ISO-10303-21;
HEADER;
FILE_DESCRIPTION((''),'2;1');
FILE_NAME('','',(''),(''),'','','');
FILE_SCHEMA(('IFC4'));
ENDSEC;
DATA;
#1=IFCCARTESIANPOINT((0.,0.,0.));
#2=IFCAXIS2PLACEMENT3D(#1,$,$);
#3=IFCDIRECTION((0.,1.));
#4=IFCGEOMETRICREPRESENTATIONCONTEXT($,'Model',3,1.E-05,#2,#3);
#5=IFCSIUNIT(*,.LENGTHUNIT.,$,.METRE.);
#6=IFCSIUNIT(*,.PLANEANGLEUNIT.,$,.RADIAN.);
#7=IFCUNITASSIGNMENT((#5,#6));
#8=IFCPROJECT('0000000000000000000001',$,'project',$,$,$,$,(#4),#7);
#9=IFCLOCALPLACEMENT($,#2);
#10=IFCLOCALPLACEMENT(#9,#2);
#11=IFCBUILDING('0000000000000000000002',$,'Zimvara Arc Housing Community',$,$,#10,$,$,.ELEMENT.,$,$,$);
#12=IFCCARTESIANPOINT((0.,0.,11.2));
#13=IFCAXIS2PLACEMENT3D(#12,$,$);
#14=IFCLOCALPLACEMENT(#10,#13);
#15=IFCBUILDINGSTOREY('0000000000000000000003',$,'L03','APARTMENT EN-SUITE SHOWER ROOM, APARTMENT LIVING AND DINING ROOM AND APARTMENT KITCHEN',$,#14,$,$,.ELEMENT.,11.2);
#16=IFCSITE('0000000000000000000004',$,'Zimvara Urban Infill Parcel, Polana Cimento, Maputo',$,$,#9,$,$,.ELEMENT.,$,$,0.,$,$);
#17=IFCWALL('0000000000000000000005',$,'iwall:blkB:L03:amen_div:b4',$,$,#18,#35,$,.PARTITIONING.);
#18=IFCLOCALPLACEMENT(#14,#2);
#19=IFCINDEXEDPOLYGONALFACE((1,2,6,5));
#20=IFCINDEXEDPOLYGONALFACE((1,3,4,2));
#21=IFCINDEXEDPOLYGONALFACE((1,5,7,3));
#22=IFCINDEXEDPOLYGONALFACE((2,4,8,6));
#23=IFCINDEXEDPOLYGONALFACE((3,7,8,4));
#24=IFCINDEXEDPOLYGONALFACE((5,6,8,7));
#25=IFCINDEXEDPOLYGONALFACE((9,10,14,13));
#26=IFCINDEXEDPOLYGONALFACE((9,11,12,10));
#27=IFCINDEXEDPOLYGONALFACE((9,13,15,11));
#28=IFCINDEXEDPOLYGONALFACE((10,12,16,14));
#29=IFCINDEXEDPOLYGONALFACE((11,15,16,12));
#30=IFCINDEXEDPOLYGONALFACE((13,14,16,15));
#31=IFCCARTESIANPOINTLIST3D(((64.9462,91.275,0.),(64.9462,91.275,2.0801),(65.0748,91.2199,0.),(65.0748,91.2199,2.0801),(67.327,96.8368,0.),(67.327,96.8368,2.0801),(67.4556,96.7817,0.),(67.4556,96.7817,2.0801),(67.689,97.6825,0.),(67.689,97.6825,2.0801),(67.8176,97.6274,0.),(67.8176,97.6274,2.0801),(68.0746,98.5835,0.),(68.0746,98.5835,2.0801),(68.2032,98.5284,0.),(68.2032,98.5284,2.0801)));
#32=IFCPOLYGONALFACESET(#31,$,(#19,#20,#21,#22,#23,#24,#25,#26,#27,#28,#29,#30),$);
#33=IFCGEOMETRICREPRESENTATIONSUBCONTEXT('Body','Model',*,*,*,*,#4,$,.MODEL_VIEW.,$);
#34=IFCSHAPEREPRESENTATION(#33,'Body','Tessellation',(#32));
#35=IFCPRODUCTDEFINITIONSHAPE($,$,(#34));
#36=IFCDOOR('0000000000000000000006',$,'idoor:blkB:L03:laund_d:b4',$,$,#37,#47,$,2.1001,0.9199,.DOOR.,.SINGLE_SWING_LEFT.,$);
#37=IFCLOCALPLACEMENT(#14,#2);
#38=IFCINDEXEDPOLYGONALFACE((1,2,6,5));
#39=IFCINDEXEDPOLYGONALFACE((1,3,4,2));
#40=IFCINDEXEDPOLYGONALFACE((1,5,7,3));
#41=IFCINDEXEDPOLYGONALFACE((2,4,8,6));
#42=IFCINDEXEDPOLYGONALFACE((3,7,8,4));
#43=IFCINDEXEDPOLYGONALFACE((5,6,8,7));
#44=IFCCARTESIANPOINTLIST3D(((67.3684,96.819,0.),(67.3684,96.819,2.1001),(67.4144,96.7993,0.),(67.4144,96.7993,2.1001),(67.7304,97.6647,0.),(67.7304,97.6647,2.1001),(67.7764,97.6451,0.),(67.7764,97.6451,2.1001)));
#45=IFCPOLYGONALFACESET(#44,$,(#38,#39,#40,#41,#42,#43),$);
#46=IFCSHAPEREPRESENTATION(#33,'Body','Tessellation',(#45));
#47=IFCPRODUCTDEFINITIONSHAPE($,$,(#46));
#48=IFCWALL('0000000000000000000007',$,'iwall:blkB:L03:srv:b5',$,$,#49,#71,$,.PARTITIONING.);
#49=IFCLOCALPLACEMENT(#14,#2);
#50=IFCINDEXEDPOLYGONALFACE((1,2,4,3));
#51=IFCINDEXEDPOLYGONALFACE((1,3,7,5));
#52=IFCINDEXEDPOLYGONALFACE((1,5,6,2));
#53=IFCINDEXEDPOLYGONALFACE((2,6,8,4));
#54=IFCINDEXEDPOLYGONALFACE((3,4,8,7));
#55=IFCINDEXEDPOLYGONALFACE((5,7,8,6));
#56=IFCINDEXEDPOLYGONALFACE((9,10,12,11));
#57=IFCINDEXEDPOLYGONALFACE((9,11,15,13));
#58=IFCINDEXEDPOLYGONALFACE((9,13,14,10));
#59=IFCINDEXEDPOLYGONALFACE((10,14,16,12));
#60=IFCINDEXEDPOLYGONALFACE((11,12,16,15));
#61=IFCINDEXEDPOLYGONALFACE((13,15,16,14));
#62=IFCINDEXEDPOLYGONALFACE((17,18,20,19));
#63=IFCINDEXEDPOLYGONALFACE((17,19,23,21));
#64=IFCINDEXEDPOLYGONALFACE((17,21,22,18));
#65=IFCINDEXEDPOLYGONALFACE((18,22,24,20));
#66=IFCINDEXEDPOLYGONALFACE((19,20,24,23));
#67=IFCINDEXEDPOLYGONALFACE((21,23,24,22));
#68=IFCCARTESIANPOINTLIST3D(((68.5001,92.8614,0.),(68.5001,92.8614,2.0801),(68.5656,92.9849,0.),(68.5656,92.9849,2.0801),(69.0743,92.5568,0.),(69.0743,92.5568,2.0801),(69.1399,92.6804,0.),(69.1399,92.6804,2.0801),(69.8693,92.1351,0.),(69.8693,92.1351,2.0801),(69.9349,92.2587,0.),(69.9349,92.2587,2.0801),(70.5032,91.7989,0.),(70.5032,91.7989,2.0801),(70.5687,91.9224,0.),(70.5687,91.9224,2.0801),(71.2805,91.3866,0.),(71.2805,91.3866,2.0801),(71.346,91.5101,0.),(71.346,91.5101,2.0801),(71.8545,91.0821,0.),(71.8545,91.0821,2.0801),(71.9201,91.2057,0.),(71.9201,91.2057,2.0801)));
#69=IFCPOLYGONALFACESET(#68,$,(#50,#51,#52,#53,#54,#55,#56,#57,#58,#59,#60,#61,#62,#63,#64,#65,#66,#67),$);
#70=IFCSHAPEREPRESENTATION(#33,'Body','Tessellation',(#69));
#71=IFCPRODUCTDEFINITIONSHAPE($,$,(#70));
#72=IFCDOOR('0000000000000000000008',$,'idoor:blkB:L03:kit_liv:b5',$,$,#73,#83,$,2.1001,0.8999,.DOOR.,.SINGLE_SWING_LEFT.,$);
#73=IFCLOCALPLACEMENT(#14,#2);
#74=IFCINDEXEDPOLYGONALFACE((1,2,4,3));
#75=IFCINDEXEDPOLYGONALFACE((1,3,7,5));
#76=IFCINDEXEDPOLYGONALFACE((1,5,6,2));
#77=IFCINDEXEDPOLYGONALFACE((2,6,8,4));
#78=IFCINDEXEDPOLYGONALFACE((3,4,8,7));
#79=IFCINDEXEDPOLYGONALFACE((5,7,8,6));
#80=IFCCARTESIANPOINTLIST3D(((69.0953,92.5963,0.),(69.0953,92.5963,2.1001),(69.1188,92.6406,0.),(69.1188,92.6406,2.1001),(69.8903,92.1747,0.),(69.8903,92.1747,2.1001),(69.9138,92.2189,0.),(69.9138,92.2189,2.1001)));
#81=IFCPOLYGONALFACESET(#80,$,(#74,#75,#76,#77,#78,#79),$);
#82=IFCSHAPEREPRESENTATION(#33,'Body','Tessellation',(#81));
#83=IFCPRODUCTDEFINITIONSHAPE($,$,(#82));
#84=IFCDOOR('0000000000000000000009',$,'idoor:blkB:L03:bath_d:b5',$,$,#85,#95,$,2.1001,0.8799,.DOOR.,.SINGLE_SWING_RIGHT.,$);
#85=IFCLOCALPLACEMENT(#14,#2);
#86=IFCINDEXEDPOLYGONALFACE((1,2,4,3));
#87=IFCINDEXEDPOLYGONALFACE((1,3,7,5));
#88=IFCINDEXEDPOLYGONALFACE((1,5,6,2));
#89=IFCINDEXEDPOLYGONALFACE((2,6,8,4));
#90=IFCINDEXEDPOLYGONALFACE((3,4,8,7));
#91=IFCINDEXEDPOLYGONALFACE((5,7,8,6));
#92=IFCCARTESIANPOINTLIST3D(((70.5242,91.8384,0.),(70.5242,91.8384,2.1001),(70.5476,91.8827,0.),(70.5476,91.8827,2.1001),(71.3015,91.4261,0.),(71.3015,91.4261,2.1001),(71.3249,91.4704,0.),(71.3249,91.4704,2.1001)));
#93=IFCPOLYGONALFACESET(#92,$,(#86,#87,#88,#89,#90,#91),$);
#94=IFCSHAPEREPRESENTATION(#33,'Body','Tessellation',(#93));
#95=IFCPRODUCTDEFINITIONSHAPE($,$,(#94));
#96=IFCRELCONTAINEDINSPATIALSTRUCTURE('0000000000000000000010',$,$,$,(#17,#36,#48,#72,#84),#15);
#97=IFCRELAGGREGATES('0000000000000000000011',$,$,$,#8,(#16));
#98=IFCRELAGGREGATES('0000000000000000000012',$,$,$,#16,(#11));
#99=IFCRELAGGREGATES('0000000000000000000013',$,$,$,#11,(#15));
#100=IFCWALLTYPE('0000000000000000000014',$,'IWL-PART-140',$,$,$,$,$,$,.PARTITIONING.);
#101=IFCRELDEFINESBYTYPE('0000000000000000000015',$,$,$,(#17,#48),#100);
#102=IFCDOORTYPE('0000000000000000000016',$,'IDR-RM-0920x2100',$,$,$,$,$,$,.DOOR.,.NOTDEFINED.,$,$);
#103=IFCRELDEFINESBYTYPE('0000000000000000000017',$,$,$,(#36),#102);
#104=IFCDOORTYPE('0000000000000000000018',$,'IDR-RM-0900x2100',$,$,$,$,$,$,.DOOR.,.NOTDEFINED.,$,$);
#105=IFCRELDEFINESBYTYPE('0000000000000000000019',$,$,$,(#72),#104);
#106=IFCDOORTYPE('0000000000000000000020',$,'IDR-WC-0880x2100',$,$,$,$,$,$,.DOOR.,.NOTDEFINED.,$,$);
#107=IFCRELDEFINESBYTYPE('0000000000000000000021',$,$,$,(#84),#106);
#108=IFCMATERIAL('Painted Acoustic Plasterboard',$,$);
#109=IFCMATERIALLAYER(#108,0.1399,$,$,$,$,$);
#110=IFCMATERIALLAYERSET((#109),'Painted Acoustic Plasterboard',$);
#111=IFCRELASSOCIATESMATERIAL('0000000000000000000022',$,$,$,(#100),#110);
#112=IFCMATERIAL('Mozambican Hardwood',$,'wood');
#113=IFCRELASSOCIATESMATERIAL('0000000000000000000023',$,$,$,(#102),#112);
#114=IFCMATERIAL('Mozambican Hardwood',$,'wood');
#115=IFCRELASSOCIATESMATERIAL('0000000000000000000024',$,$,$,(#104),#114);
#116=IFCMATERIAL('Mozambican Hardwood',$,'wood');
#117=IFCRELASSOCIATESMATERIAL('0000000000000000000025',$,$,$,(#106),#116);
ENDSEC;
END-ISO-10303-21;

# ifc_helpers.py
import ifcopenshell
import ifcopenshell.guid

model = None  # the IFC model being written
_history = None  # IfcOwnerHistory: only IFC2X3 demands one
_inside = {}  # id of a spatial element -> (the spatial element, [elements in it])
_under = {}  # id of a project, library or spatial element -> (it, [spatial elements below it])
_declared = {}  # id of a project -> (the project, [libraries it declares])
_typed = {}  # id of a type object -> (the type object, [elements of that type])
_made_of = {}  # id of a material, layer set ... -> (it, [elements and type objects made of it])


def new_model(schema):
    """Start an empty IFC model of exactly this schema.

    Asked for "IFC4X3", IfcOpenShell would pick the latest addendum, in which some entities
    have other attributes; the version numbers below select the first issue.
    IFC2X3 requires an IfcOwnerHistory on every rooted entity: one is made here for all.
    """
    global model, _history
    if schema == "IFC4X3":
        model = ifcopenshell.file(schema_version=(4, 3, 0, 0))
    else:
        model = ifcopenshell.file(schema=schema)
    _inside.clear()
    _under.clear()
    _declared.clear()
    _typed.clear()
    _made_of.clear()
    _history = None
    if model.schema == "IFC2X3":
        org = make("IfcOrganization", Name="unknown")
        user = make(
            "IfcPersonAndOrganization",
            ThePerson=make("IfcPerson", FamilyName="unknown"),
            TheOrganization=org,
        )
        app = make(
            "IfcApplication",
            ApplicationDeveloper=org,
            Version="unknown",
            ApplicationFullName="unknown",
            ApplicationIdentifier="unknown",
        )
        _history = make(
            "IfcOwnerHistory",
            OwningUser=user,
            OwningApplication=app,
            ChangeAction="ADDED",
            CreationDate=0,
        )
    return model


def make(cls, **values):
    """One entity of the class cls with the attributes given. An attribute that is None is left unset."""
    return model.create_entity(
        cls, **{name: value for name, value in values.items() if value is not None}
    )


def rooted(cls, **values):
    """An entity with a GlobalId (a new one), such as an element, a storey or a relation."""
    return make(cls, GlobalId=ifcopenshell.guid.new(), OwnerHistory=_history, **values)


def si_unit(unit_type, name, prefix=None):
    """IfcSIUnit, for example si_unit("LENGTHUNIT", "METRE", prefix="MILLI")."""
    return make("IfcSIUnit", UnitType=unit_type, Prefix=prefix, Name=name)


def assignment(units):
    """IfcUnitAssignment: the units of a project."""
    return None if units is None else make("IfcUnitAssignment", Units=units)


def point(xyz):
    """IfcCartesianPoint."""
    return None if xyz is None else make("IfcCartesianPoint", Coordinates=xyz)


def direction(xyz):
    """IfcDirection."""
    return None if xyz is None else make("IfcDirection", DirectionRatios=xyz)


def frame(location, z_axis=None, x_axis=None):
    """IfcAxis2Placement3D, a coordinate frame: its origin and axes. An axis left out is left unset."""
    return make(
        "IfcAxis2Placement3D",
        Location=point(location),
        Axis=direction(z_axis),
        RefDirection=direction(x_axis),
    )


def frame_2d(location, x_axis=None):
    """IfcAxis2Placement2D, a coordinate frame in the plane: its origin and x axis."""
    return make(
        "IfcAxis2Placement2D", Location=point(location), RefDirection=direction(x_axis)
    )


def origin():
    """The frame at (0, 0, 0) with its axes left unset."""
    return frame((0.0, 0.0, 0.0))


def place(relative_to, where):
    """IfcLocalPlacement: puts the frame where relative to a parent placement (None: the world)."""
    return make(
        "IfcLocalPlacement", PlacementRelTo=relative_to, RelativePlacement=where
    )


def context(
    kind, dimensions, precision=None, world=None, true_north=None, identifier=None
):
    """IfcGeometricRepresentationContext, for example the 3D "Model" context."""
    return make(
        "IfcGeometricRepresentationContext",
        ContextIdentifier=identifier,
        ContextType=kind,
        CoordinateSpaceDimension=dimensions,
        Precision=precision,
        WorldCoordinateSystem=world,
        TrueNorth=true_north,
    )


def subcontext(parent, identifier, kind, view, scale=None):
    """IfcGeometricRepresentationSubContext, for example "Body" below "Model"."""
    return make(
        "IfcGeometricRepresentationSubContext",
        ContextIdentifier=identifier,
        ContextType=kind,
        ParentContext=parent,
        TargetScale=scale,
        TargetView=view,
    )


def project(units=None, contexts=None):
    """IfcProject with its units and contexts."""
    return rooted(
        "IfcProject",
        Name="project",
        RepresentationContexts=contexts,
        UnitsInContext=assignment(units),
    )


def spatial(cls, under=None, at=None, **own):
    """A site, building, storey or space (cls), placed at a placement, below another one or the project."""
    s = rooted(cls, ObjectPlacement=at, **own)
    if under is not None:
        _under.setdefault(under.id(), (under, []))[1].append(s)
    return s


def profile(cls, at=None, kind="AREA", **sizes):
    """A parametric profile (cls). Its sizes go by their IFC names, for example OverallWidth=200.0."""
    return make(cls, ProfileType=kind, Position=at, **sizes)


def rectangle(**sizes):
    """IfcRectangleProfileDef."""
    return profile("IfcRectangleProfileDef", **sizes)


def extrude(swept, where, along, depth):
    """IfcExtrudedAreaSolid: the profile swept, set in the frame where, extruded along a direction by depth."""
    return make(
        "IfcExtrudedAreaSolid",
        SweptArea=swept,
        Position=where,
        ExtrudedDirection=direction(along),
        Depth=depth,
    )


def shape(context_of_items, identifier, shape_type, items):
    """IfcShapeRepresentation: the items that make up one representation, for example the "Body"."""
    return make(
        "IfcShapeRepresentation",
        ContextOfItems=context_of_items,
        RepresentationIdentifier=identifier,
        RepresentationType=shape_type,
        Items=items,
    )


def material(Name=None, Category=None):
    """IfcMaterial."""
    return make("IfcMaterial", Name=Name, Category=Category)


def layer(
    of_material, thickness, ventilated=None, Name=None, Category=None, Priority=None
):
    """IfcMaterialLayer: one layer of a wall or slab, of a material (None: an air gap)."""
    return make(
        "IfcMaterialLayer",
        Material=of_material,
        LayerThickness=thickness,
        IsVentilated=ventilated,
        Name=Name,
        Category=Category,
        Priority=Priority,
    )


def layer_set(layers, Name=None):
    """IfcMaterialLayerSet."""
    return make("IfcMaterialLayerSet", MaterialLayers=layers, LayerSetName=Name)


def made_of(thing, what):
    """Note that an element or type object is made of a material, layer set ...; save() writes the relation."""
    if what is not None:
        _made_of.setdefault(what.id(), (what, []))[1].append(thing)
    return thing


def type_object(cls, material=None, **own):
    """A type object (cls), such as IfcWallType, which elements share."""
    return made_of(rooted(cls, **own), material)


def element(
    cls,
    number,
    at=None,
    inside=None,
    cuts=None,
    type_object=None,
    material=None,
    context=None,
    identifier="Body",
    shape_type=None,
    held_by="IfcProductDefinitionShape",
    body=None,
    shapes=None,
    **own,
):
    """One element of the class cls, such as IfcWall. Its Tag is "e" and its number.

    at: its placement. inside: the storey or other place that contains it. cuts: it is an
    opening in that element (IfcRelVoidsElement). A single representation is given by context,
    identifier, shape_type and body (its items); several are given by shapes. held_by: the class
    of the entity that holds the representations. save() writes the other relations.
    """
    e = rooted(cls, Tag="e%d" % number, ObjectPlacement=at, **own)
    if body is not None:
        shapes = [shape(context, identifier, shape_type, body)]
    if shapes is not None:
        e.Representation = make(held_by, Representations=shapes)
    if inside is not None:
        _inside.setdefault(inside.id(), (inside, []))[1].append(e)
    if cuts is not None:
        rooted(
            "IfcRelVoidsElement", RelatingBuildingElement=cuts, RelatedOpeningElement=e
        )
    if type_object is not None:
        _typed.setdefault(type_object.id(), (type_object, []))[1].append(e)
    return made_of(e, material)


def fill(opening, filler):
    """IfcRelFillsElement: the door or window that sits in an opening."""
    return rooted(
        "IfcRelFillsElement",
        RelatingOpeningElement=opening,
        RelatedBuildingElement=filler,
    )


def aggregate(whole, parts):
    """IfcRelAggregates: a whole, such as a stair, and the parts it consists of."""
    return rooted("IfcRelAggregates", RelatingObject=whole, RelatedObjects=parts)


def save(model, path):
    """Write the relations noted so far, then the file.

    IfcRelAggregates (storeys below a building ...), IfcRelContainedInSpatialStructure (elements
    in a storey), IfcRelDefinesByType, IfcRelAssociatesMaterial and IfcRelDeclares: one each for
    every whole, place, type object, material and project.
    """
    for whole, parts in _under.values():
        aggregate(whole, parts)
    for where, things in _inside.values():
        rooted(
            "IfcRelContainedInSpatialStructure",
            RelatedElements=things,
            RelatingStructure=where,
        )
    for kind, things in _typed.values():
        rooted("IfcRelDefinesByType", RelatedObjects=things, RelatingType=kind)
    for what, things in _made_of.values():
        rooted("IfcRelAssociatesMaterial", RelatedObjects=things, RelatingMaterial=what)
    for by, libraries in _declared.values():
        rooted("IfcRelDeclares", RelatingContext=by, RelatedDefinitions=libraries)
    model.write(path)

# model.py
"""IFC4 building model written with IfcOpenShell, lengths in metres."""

from ifc_helpers import new_model, si_unit, direction, frame, frame_2d, origin, place, context, subcontext, project, spatial, rectangle, extrude, material, layer, layer_set, type_object, element, fill, save


model = new_model("IFC4")

# Units and contexts
model_context = context("Model", 3, precision=1e-05, world=origin(), true_north=direction((0.0, 1.0)))
body_context = subcontext(model_context, "Body", "Model", "MODEL_VIEW")
ifc_project = project(units=[si_unit("LENGTHUNIT", "METRE"), si_unit("PLANEANGLEUNIT", "RADIAN")], contexts=[model_context])

# Site, building, storey
site_placement = place(None, origin())
site = spatial("IfcSite", under=ifc_project, at=site_placement, Name="Zimvara Urban Infill Parcel, Polana Cimento, Maputo", CompositionType="ELEMENT", RefElevation=0.0)
building_placement = place(site_placement, origin())
building = spatial("IfcBuilding", under=site, at=building_placement, Name="Zimvara Arc Housing Community", CompositionType="ELEMENT")
storey_placement = place(building_placement, frame((0.0, 0.0, 11.2)))
storey = spatial("IfcBuildingStorey", under=building, at=storey_placement, Name="L03", Description="APARTMENT EN-SUITE SHOWER ROOM, APARTMENT LIVING AND DINING ROOM AND APARTMENT KITCHEN", CompositionType="ELEMENT", Elevation=11.2)

# Wall, opening, door
ifc_material_1 = material(Name="Painted Acoustic Plasterboard")
ifc_layer_1 = layer(ifc_material_1, 0.1399)
ifc_layer_set_1 = layer_set([ifc_layer_1], Name="Painted Acoustic Plasterboard")
wall_type_1 = type_object("IfcWallType", Name="IWL-PART-140", PredefinedType="PARTITIONING", material=ifc_layer_set_1)
wall_1_placement = place(storey_placement, frame((65.0105, 91.2473, 0.0), z_axis=(0.0, 0.0, 1.0), x_axis=(0.393512, 0.91932, 0.0)))
wall_1 = element("IfcWall", 1, at=wall_1_placement, inside=storey, type_object=wall_type_1, Name="iwall:blkB:L03:amen_div:b4", PredefinedType="PARTITIONING", context=body_context, shape_type="SweptSolid", body=[
    extrude(rectangle(XDim=7.95, YDim=0.1399, at=frame_2d((3.9751, 0.0))), origin(), (0.0, 0.0, 1.0), 2.0801),
])
opening_1_placement = place(wall_1_placement, frame((6.05, 0.0, 0.0)))
opening_1 = element("IfcOpeningElement", 2, at=opening_1_placement, cuts=wall_1, PredefinedType="OPENING", context=body_context, shape_type="SweptSolid", body=[
    extrude(rectangle(XDim=0.9199, YDim=2.1001, at=frame_2d((0.46, 1.05))), frame((0.0, 0.0798, 0.0), z_axis=(0.0, -1.0, 0.0), x_axis=(1.0, 0.0, 0.0)), (0.0, 0.0, 1.0), 0.1599),
])
ifc_material_2 = material(Name="Mozambican Hardwood", Category="wood")
door_type_1 = type_object("IfcDoorType", Name="IDR-RM-0920x2100", OperationType="NOTDEFINED", PredefinedType="DOOR", material=ifc_material_2)
door_1_placement = place(opening_1_placement, origin())
door_1 = element("IfcDoor", 3, at=door_1_placement, inside=storey, type_object=door_type_1, Name="idoor:blkB:L03:laund_d:b4", OperationType="SINGLE_SWING_LEFT", OverallHeight=2.1001, OverallWidth=0.9199, PredefinedType="DOOR", context=body_context, shape_type="SweptSolid", body=[
    extrude(rectangle(XDim=0.9199, YDim=2.1001, at=frame_2d((0.46, 1.05))), frame((0.0, 0.0249, 0.0), z_axis=(0.0, -1.0, 0.0), x_axis=(1.0, 0.0, 0.0)), (0.0, 0.0, 1.0), 0.05),
])
fill(opening_1, door_1)

# Wall, openings, doors
wall_2_placement = place(storey_placement, frame((68.533, 92.9231, 0.0), z_axis=(0.0, 0.0, 1.0), x_axis=(0.883419, -0.468585, 0.0)))
wall_2 = element("IfcWall", 4, at=wall_2_placement, inside=storey, type_object=wall_type_1, Name="iwall:blkB:L03:srv:b5", PredefinedType="PARTITIONING", context=body_context, shape_type="SweptSolid", body=[
    extrude(rectangle(XDim=3.7971, YDim=0.1399, at=frame_2d((1.8984, 0.0))), origin(), (0.0, 0.0, 1.0), 2.0801),
])
opening_2_placement = place(wall_2_placement, frame((0.6499, 0.0, 0.0)))
opening_2 = element("IfcOpeningElement", 5, at=opening_2_placement, cuts=wall_2, PredefinedType="OPENING", context=body_context, shape_type="SweptSolid", body=[
    extrude(rectangle(XDim=0.8999, YDim=2.1001, at=frame_2d((0.45, 1.05))), frame((0.0, 0.0798, 0.0), z_axis=(0.0, -1.0, 0.0), x_axis=(1.0, 0.0, 0.0)), (0.0, 0.0, 1.0), 0.1599),
])
opening_3_placement = place(wall_2_placement, frame((2.2673, 0.0, 0.0)))
opening_3 = element("IfcOpeningElement", 6, at=opening_3_placement, cuts=wall_2, PredefinedType="OPENING", context=body_context, shape_type="SweptSolid", body=[
    extrude(rectangle(XDim=0.8799, YDim=2.1001, at=frame_2d((0.4399, 1.05))), frame((0.0, 0.0798, 0.0), z_axis=(0.0, -1.0, 0.0), x_axis=(1.0, 0.0, 0.0)), (0.0, 0.0, 1.0), 0.1599),
])
ifc_material_3 = material(Name="Mozambican Hardwood", Category="wood")
door_type_2 = type_object("IfcDoorType", Name="IDR-RM-0900x2100", OperationType="NOTDEFINED", PredefinedType="DOOR", material=ifc_material_3)
door_2_placement = place(opening_2_placement, origin())
door_2 = element("IfcDoor", 7, at=door_2_placement, inside=storey, type_object=door_type_2, Name="idoor:blkB:L03:kit_liv:b5", OperationType="SINGLE_SWING_LEFT", OverallHeight=2.1001, OverallWidth=0.8999, PredefinedType="DOOR", context=body_context, shape_type="SweptSolid", body=[
    extrude(rectangle(XDim=0.8999, YDim=2.1001, at=frame_2d((0.45, 1.05))), frame((0.0, 0.0249, 0.0), z_axis=(0.0, -1.0, 0.0), x_axis=(1.0, 0.0, 0.0)), (0.0, 0.0, 1.0), 0.05),
])
fill(opening_2, door_2)
ifc_material_4 = material(Name="Mozambican Hardwood", Category="wood")
door_type_3 = type_object("IfcDoorType", Name="IDR-WC-0880x2100", OperationType="NOTDEFINED", PredefinedType="DOOR", material=ifc_material_4)
door_3_placement = place(opening_3_placement, origin())
door_3 = element("IfcDoor", 8, at=door_3_placement, inside=storey, type_object=door_type_3, Name="idoor:blkB:L03:bath_d:b5", OperationType="SINGLE_SWING_RIGHT", OverallHeight=2.1001, OverallWidth=0.8799, PredefinedType="DOOR", context=body_context, shape_type="SweptSolid", body=[
    extrude(rectangle(XDim=0.8799, YDim=2.1001, at=frame_2d((0.4399, 1.05))), frame((0.0, 0.0249, 0.0), z_axis=(0.0, -1.0, 0.0), x_axis=(1.0, 0.0, 0.0)), (0.0, 0.0, 1.0), 0.05),
])
fill(opening_3, door_3)

save(model, "model.ifc")
